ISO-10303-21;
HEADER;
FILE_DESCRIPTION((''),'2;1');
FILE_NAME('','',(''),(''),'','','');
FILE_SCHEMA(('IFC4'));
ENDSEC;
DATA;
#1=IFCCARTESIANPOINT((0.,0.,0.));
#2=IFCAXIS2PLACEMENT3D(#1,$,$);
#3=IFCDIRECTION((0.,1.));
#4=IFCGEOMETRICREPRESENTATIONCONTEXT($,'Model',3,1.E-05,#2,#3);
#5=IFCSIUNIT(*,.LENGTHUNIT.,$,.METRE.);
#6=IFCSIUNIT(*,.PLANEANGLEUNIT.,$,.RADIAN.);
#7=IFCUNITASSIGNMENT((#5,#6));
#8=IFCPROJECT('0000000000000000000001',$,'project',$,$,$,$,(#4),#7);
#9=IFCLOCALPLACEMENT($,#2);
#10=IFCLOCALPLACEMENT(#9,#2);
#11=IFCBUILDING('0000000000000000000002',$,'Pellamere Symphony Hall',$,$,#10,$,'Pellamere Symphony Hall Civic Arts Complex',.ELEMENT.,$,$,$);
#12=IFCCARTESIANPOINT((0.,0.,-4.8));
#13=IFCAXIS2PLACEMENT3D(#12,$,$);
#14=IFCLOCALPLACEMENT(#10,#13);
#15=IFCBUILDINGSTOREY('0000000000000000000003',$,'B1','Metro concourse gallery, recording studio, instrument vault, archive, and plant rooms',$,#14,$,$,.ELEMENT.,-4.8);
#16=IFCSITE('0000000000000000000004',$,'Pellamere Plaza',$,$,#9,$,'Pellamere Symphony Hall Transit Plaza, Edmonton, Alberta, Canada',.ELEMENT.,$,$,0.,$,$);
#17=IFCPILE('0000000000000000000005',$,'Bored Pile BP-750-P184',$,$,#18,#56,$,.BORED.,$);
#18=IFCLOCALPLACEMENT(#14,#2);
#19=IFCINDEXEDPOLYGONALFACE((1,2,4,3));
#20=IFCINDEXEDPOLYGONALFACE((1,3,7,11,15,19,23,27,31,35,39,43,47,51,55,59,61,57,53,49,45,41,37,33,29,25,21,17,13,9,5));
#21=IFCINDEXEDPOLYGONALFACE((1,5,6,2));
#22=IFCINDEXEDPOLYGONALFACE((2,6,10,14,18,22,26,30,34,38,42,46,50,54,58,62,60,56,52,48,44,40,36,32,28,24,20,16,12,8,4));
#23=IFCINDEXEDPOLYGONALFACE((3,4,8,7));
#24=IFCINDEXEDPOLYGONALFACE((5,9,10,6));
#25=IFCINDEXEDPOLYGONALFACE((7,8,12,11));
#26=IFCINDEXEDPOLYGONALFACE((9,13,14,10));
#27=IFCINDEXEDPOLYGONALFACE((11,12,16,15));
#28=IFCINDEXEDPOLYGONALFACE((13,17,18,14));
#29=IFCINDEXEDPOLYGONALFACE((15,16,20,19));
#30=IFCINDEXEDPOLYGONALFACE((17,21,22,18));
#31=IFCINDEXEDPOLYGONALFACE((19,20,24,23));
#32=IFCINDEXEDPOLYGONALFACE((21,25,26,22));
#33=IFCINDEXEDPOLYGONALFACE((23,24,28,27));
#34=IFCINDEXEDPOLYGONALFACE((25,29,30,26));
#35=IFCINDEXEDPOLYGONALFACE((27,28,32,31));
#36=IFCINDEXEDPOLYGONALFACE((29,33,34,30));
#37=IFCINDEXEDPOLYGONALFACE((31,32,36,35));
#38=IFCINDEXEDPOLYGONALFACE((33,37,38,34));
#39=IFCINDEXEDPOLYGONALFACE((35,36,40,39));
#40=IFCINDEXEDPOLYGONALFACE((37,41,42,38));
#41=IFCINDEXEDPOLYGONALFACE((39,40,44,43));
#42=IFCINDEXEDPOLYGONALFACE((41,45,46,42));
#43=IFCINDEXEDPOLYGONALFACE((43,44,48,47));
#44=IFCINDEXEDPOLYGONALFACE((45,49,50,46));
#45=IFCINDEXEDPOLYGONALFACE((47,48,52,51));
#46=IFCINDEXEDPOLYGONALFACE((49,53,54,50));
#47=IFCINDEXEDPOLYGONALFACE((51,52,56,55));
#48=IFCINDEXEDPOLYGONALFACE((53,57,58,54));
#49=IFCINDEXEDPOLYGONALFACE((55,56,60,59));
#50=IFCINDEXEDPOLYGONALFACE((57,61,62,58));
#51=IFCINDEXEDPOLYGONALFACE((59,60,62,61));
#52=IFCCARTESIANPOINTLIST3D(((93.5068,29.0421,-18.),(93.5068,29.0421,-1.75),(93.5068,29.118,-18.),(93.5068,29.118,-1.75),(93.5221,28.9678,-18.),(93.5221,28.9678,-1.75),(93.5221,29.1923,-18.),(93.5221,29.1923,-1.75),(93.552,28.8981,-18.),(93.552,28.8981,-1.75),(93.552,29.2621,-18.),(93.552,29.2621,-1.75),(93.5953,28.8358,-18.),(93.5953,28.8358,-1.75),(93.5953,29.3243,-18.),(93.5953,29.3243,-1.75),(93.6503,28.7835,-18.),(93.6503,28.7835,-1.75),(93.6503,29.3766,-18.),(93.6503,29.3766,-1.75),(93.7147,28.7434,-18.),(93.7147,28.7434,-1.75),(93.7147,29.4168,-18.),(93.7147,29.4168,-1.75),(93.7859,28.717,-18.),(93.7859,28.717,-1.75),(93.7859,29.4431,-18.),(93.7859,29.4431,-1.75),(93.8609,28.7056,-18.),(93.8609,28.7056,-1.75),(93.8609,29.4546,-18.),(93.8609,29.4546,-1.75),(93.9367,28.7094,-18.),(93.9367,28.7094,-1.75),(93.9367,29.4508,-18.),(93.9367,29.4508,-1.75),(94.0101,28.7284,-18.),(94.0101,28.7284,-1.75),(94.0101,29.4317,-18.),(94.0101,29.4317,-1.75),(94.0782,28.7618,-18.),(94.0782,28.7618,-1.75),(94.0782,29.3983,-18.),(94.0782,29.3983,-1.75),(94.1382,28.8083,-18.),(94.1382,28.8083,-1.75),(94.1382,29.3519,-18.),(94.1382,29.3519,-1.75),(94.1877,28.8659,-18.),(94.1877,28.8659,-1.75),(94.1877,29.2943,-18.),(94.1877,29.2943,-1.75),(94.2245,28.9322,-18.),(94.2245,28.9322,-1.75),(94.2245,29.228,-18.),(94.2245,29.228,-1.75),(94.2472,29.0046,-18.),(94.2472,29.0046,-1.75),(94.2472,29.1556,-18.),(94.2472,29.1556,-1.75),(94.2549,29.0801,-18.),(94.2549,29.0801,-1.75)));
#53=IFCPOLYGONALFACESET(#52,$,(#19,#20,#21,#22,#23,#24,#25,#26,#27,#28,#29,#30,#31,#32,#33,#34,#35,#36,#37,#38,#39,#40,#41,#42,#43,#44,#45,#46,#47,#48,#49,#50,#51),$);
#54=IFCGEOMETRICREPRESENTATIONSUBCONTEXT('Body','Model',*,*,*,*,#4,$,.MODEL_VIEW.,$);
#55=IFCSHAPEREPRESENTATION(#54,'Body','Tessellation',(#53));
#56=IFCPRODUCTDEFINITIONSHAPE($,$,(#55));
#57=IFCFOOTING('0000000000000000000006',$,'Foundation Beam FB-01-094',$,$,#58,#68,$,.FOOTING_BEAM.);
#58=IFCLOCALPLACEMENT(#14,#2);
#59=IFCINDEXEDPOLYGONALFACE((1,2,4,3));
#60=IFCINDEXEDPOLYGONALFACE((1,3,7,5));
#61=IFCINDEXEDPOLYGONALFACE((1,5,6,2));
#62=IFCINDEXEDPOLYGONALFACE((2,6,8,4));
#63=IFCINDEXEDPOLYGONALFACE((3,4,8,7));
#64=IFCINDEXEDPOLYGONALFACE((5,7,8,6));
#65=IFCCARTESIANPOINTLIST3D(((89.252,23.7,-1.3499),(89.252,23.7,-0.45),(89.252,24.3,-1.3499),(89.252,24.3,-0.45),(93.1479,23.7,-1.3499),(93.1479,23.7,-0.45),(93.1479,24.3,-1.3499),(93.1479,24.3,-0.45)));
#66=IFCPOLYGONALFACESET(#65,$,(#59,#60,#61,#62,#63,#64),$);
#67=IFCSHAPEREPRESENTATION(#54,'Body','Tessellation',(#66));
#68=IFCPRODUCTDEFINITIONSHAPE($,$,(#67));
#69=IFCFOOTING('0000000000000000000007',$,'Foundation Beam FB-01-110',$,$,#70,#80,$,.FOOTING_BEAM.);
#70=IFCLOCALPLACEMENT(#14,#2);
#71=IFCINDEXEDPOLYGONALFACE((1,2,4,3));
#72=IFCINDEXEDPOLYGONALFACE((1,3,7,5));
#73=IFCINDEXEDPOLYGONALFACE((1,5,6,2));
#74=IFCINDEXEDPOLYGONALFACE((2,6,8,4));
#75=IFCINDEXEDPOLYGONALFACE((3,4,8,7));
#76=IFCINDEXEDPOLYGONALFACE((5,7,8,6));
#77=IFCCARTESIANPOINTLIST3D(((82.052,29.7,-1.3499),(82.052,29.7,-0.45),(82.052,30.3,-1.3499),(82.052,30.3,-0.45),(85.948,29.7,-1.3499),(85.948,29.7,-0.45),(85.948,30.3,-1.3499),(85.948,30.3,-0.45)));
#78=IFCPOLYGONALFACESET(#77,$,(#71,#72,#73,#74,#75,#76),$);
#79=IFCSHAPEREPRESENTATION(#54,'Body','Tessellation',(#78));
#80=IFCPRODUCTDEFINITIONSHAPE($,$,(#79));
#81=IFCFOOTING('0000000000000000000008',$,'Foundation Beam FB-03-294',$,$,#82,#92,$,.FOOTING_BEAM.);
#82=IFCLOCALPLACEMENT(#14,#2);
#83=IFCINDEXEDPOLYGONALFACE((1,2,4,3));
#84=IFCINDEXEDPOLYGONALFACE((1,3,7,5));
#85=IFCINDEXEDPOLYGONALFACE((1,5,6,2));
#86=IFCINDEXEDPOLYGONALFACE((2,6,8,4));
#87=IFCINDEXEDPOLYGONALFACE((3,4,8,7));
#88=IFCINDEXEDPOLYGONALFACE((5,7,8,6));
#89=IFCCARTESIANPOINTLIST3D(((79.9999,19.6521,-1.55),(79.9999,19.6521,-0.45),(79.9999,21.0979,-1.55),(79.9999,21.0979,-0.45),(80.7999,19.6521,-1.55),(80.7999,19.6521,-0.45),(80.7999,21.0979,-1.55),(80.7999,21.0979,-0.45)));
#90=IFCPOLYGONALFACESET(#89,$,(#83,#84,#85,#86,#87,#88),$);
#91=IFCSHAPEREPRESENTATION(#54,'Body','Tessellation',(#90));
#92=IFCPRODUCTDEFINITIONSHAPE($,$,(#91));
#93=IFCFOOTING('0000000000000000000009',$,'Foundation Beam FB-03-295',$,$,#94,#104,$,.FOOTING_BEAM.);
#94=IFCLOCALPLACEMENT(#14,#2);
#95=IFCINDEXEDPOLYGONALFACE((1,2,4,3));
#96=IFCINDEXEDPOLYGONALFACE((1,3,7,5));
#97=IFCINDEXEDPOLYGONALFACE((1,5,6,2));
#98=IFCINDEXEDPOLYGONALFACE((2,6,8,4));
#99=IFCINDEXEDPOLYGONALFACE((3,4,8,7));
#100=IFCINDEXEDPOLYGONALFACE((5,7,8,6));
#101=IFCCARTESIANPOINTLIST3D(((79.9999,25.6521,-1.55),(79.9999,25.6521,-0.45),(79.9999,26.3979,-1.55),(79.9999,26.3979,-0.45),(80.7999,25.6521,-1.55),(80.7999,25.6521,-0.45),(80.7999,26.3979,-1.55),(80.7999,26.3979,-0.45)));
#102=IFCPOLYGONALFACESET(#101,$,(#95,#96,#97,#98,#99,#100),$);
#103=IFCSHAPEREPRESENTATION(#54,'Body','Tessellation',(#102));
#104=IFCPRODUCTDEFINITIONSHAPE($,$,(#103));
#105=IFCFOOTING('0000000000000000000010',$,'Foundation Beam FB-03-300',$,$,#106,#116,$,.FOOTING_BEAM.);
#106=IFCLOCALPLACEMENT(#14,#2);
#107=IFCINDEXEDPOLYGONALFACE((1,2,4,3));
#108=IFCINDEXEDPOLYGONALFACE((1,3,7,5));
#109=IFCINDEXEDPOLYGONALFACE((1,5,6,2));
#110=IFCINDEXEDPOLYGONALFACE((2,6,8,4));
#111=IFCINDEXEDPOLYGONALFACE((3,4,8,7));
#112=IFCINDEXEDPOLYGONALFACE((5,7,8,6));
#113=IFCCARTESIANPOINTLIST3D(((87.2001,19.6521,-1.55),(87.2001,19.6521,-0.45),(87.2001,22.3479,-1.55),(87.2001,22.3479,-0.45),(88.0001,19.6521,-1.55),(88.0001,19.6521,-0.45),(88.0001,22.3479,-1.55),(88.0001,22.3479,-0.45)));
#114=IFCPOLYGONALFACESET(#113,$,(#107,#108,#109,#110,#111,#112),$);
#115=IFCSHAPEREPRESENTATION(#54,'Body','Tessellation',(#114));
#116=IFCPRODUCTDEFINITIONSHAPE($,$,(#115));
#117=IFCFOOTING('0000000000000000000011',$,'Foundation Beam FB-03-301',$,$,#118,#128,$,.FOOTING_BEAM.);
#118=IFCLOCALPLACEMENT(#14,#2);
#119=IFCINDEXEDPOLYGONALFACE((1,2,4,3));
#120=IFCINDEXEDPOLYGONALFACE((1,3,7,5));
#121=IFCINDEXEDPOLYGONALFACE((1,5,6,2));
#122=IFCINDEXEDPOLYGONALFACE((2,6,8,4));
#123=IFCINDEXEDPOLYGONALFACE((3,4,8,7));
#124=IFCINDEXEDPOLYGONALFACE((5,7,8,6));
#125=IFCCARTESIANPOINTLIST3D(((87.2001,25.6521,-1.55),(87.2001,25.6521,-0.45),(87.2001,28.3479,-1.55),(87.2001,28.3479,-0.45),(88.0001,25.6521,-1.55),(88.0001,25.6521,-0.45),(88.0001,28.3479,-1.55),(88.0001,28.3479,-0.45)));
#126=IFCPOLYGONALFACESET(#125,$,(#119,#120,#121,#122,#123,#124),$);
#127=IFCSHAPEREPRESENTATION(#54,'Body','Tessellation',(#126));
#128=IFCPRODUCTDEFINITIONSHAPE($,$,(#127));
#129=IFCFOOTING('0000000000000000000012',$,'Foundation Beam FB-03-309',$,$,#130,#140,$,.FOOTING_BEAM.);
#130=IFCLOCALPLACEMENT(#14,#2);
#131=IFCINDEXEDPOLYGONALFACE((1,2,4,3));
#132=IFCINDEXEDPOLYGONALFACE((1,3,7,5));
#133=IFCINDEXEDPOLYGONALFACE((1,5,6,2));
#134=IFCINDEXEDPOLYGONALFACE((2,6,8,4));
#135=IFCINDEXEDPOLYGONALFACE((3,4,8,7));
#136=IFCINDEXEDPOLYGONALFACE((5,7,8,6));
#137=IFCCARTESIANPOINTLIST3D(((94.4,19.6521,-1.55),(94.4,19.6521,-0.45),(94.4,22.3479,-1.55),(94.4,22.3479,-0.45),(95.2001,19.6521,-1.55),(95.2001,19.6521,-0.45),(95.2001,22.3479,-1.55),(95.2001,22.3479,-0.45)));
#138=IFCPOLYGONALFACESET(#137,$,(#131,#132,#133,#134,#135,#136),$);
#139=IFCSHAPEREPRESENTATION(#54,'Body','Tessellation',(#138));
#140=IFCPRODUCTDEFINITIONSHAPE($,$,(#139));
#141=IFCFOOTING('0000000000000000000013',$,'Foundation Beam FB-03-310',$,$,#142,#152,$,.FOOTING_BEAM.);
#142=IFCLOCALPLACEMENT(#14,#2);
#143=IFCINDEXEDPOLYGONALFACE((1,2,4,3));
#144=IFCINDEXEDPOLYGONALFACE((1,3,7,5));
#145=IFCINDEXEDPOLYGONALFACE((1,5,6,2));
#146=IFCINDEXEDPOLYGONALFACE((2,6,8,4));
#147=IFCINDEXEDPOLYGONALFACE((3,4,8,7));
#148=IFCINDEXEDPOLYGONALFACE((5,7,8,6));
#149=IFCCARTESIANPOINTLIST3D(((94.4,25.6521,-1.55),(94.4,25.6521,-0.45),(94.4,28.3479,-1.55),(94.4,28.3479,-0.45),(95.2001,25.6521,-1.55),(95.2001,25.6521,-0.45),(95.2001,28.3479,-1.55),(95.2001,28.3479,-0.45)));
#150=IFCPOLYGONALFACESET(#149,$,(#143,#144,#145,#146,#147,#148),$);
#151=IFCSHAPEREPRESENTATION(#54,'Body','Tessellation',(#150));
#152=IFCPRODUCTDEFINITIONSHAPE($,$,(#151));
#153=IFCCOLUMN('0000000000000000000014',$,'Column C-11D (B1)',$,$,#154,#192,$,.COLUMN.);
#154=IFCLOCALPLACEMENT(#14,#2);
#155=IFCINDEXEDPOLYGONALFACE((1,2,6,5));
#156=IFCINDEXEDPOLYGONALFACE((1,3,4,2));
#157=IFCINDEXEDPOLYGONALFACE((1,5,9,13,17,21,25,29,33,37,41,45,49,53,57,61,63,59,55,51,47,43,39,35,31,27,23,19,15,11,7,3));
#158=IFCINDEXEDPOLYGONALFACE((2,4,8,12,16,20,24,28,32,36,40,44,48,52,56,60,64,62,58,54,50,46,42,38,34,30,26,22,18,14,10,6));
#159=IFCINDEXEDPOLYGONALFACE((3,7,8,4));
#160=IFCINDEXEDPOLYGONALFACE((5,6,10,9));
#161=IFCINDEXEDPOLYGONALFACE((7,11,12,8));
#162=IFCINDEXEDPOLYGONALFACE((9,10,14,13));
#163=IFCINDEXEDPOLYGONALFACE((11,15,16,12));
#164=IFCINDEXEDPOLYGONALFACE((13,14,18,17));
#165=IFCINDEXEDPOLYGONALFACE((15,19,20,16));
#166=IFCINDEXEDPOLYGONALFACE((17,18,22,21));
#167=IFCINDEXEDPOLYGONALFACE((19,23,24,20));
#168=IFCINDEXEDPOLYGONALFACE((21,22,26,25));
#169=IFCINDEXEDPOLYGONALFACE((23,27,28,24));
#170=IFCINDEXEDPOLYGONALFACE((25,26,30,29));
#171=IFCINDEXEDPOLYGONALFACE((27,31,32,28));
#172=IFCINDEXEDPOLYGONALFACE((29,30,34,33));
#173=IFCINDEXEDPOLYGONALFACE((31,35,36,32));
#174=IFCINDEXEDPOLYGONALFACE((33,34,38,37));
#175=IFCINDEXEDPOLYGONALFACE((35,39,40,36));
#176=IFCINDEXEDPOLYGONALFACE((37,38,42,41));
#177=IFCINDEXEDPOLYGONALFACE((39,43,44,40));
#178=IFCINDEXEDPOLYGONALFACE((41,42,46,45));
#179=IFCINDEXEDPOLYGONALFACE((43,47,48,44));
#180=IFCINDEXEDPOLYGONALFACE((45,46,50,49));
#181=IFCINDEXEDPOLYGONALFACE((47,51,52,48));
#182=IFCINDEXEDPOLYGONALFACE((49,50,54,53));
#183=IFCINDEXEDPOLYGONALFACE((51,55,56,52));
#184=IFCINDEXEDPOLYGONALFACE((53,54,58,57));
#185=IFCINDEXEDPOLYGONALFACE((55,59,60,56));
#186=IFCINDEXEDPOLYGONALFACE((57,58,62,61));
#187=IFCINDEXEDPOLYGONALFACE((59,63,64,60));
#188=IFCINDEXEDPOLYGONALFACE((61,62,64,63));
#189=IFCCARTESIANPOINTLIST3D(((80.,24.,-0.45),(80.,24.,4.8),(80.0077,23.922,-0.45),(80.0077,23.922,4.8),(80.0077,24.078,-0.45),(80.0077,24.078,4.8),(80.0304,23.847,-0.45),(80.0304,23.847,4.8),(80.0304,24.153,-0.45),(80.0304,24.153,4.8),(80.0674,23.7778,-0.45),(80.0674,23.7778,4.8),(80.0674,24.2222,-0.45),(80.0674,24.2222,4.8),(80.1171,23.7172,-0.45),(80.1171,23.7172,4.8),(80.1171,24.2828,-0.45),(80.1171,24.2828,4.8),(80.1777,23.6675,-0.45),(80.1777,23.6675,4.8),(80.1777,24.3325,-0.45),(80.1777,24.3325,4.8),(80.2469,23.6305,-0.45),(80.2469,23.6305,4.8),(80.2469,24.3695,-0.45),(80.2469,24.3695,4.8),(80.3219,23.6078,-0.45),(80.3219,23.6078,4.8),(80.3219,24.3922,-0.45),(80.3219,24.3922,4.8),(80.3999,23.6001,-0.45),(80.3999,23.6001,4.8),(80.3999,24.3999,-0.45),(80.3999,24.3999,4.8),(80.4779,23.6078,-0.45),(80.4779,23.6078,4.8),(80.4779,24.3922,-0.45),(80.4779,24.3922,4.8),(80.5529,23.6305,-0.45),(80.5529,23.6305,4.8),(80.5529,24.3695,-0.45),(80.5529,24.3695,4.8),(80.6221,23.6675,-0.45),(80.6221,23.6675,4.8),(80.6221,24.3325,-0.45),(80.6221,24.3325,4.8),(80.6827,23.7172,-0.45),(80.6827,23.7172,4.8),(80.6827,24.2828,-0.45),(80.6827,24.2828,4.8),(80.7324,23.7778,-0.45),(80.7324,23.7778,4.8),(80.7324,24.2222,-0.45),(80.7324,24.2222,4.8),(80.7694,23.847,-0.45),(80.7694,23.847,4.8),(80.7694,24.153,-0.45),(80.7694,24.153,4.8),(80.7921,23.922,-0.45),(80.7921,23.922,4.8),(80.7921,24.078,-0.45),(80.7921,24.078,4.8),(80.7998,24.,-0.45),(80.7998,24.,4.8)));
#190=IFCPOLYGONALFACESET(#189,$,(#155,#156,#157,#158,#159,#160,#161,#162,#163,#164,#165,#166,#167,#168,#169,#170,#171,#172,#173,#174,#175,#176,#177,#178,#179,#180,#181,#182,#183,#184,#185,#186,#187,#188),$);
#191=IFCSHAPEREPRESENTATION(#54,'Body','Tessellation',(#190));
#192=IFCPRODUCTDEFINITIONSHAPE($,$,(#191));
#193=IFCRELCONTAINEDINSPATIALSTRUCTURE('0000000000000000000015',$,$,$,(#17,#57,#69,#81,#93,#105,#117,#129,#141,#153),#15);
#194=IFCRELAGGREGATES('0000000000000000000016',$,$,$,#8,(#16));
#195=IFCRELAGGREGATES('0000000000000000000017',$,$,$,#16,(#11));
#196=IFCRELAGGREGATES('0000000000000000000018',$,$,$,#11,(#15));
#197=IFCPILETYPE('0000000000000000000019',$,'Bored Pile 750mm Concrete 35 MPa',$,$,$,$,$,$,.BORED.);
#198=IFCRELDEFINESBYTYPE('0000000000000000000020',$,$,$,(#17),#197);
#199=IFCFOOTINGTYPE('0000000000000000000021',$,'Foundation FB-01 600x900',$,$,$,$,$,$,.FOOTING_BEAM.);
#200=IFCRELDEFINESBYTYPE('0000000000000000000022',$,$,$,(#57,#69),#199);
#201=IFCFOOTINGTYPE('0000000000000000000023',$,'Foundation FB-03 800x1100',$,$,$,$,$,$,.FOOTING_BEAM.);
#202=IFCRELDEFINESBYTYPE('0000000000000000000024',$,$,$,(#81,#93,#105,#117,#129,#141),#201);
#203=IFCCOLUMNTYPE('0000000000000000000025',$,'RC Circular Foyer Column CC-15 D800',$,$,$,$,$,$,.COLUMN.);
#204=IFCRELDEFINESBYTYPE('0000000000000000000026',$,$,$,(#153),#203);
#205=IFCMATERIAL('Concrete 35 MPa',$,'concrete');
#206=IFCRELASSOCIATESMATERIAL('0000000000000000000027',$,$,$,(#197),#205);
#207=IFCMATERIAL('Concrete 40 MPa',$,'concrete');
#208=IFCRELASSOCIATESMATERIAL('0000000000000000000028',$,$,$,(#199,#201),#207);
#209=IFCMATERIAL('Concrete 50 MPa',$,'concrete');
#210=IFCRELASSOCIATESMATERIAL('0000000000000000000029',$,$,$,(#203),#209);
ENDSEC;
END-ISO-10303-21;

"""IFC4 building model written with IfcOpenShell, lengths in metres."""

from ifc_helpers import new_model, si_unit, direction, frame, origin, origin_2d, place, context, subcontext, project, spatial, rectangle, circle, extrude, material, material_profile, profile_set, type_object, element, save


model = new_model("IFC4")

# Units and contexts
model_context = context("Model", 3, precision=1e-05, world=origin(), true_north=direction((0.0, 1.0)))
body_context = subcontext(model_context, "Body", "Model", "MODEL_VIEW")
ifc_project = project(units=[si_unit("LENGTHUNIT", "METRE"), si_unit("PLANEANGLEUNIT", "RADIAN")], contexts=[model_context])

# Site, building, storey
site_placement = place(None, origin())
site = spatial("IfcSite", under=ifc_project, at=site_placement, Name="Pellamere Plaza", LongName="Pellamere Symphony Hall Transit Plaza, Edmonton, Alberta, Canada", CompositionType="ELEMENT", RefElevation=0.0)
building_placement = place(site_placement, origin())
building = spatial("IfcBuilding", under=site, at=building_placement, Name="Pellamere Symphony Hall", LongName="Pellamere Symphony Hall Civic Arts Complex", CompositionType="ELEMENT")
storey_placement = place(building_placement, frame((0.0, 0.0, -4.8)))
storey = spatial("IfcBuildingStorey", under=building, at=storey_placement, Name="B1", Description="Metro concourse gallery, recording studio, instrument vault, archive, and plant rooms", CompositionType="ELEMENT", Elevation=-4.8)

# Pile
ifc_material_1 = material(Name="Concrete 35 MPa", Category="concrete")
ifc_material_profile_1 = material_profile(ifc_material_1, circle(Radius=0.375, at=origin_2d()), Name="PILE D750")
ifc_profile_set_1 = profile_set([ifc_material_profile_1], Name="Concrete 35 MPa")
pile_type = type_object("IfcPileType", Name="Bored Pile 750mm Concrete 35 MPa", PredefinedType="BORED", material=ifc_profile_set_1)
pile_1_placement = place(storey_placement, frame((93.8799, 29.0801, -1.75), z_axis=(0.0, 0.0, -1.0), x_axis=(1.0, 0.0, 0.0)))
element("IfcPile", 1, at=pile_1_placement, inside=storey, type_object=pile_type, Name="Bored Pile BP-750-P184", PredefinedType="BORED", context=body_context, shape_type="SweptSolid", body=[
    extrude(circle(Radius=0.375, at=origin_2d()), origin(), (0.0, 0.0, 1.0), 16.25),
])

# Footings
ifc_material_2 = material(Name="Concrete 40 MPa", Category="concrete")
ifc_material_profile_2 = material_profile(ifc_material_2, rectangle(XDim=0.6001, YDim=0.8999, at=origin_2d()), Name="RC 600x900")
ifc_profile_set_2 = profile_set([ifc_material_profile_2], Name="Concrete 40 MPa")
footing_type_1 = type_object("IfcFootingType", Name="Foundation FB-01 600x900", PredefinedType="FOOTING_BEAM", material=ifc_profile_set_2)
for number, where, z_axis, x_axis, name in (
    (2, (89.252, 24.0, -0.8999), (1.0, 0.0, 0.0), (0.0, 1.0, 0.0), "Foundation Beam FB-01-094"),
    (3, (82.052, 30.0, -0.8999), (1.0, 0.0, 0.0), (0.0, 1.0, 0.0), "Foundation Beam FB-01-110"),
):
    element("IfcFooting", number, at=place(storey_placement, frame(where, z_axis=z_axis, x_axis=x_axis)), inside=storey, type_object=footing_type_1, Name=name, PredefinedType="FOOTING_BEAM", context=body_context, shape_type="SweptSolid", body=[
        extrude(rectangle(XDim=0.6001, YDim=0.8999, at=origin_2d()), origin(), (0.0, 0.0, 1.0), 3.896),
    ])
ifc_material_profile_3 = material_profile(ifc_material_2, rectangle(XDim=0.8, YDim=1.1001, at=origin_2d()), Name="RC 800x1100")
ifc_profile_set_3 = profile_set([ifc_material_profile_3], Name="Concrete 40 MPa")
footing_type_2 = type_object("IfcFootingType", Name="Foundation FB-03 800x1100", PredefinedType="FOOTING_BEAM", material=ifc_profile_set_3)
footing_1_placement = place(storey_placement, frame((80.3999, 19.6521, -1.0), z_axis=(0.0, 1.0, 0.0), x_axis=(-1.0, 0.0, 0.0)))
element("IfcFooting", 4, at=footing_1_placement, inside=storey, type_object=footing_type_2, Name="Foundation Beam FB-03-294", PredefinedType="FOOTING_BEAM", context=body_context, shape_type="SweptSolid", body=[
    extrude(rectangle(XDim=0.8, YDim=1.1001, at=origin_2d()), origin(), (0.0, 0.0, 1.0), 1.4458),
])
footing_2_placement = place(storey_placement, frame((80.3999, 25.6521, -1.0), z_axis=(0.0, 1.0, 0.0), x_axis=(-1.0, 0.0, 0.0)))
element("IfcFooting", 5, at=footing_2_placement, inside=storey, type_object=footing_type_2, Name="Foundation Beam FB-03-295", PredefinedType="FOOTING_BEAM", context=body_context, shape_type="SweptSolid", body=[
    extrude(rectangle(XDim=0.8, YDim=1.1001, at=origin_2d()), origin(), (0.0, 0.0, 1.0), 0.7458),
])
for number, where, z_axis, x_axis, name in (
    (6, (87.6001, 19.6521, -1.0), (0.0, 1.0, 0.0), (-1.0, 0.0, 0.0), "Foundation Beam FB-03-300"),
    (7, (87.6001, 25.6521, -1.0), (0.0, 1.0, 0.0), (-1.0, 0.0, 0.0), "Foundation Beam FB-03-301"),
    (8, (94.8, 19.6521, -1.0), (0.0, 1.0, 0.0), (-1.0, 0.0, 0.0), "Foundation Beam FB-03-309"),
    (9, (94.8, 25.6521, -1.0), (0.0, 1.0, 0.0), (-1.0, 0.0, 0.0), "Foundation Beam FB-03-310"),
):
    element("IfcFooting", number, at=place(storey_placement, frame(where, z_axis=z_axis, x_axis=x_axis)), inside=storey, type_object=footing_type_2, Name=name, PredefinedType="FOOTING_BEAM", context=body_context, shape_type="SweptSolid", body=[
        extrude(rectangle(XDim=0.8, YDim=1.1001, at=origin_2d()), origin(), (0.0, 0.0, 1.0), 2.6958),
    ])

# Column
ifc_material_3 = material(Name="Concrete 50 MPa", Category="concrete")
ifc_material_profile_4 = material_profile(ifc_material_3, circle(Radius=0.3999, at=origin_2d()), Name="RCCOL D800")
ifc_profile_set_4 = profile_set([ifc_material_profile_4], Name="Concrete 50 MPa")
column_type_1 = type_object("IfcColumnType", Name="RC Circular Foyer Column CC-15 D800", PredefinedType="COLUMN", material=ifc_profile_set_4)
for number, where, z_axis, x_axis, name in (
    (10, (80.3999, 24.0, -0.45), (0.0, 0.0, 1.0), (1.0, 0.0, 0.0), "Column C-11D (B1)"),
):
    element("IfcColumn", number, at=place(storey_placement, frame(where, z_axis=z_axis, x_axis=x_axis)), inside=storey, type_object=column_type_1, Name=name, PredefinedType="COLUMN", context=body_context, shape_type="SweptSolid", body=[
        extrude(circle(Radius=0.3999, at=origin_2d()), origin(), (0.0, 0.0, 1.0), 5.25),
    ])

save(model, "model.ifc")
